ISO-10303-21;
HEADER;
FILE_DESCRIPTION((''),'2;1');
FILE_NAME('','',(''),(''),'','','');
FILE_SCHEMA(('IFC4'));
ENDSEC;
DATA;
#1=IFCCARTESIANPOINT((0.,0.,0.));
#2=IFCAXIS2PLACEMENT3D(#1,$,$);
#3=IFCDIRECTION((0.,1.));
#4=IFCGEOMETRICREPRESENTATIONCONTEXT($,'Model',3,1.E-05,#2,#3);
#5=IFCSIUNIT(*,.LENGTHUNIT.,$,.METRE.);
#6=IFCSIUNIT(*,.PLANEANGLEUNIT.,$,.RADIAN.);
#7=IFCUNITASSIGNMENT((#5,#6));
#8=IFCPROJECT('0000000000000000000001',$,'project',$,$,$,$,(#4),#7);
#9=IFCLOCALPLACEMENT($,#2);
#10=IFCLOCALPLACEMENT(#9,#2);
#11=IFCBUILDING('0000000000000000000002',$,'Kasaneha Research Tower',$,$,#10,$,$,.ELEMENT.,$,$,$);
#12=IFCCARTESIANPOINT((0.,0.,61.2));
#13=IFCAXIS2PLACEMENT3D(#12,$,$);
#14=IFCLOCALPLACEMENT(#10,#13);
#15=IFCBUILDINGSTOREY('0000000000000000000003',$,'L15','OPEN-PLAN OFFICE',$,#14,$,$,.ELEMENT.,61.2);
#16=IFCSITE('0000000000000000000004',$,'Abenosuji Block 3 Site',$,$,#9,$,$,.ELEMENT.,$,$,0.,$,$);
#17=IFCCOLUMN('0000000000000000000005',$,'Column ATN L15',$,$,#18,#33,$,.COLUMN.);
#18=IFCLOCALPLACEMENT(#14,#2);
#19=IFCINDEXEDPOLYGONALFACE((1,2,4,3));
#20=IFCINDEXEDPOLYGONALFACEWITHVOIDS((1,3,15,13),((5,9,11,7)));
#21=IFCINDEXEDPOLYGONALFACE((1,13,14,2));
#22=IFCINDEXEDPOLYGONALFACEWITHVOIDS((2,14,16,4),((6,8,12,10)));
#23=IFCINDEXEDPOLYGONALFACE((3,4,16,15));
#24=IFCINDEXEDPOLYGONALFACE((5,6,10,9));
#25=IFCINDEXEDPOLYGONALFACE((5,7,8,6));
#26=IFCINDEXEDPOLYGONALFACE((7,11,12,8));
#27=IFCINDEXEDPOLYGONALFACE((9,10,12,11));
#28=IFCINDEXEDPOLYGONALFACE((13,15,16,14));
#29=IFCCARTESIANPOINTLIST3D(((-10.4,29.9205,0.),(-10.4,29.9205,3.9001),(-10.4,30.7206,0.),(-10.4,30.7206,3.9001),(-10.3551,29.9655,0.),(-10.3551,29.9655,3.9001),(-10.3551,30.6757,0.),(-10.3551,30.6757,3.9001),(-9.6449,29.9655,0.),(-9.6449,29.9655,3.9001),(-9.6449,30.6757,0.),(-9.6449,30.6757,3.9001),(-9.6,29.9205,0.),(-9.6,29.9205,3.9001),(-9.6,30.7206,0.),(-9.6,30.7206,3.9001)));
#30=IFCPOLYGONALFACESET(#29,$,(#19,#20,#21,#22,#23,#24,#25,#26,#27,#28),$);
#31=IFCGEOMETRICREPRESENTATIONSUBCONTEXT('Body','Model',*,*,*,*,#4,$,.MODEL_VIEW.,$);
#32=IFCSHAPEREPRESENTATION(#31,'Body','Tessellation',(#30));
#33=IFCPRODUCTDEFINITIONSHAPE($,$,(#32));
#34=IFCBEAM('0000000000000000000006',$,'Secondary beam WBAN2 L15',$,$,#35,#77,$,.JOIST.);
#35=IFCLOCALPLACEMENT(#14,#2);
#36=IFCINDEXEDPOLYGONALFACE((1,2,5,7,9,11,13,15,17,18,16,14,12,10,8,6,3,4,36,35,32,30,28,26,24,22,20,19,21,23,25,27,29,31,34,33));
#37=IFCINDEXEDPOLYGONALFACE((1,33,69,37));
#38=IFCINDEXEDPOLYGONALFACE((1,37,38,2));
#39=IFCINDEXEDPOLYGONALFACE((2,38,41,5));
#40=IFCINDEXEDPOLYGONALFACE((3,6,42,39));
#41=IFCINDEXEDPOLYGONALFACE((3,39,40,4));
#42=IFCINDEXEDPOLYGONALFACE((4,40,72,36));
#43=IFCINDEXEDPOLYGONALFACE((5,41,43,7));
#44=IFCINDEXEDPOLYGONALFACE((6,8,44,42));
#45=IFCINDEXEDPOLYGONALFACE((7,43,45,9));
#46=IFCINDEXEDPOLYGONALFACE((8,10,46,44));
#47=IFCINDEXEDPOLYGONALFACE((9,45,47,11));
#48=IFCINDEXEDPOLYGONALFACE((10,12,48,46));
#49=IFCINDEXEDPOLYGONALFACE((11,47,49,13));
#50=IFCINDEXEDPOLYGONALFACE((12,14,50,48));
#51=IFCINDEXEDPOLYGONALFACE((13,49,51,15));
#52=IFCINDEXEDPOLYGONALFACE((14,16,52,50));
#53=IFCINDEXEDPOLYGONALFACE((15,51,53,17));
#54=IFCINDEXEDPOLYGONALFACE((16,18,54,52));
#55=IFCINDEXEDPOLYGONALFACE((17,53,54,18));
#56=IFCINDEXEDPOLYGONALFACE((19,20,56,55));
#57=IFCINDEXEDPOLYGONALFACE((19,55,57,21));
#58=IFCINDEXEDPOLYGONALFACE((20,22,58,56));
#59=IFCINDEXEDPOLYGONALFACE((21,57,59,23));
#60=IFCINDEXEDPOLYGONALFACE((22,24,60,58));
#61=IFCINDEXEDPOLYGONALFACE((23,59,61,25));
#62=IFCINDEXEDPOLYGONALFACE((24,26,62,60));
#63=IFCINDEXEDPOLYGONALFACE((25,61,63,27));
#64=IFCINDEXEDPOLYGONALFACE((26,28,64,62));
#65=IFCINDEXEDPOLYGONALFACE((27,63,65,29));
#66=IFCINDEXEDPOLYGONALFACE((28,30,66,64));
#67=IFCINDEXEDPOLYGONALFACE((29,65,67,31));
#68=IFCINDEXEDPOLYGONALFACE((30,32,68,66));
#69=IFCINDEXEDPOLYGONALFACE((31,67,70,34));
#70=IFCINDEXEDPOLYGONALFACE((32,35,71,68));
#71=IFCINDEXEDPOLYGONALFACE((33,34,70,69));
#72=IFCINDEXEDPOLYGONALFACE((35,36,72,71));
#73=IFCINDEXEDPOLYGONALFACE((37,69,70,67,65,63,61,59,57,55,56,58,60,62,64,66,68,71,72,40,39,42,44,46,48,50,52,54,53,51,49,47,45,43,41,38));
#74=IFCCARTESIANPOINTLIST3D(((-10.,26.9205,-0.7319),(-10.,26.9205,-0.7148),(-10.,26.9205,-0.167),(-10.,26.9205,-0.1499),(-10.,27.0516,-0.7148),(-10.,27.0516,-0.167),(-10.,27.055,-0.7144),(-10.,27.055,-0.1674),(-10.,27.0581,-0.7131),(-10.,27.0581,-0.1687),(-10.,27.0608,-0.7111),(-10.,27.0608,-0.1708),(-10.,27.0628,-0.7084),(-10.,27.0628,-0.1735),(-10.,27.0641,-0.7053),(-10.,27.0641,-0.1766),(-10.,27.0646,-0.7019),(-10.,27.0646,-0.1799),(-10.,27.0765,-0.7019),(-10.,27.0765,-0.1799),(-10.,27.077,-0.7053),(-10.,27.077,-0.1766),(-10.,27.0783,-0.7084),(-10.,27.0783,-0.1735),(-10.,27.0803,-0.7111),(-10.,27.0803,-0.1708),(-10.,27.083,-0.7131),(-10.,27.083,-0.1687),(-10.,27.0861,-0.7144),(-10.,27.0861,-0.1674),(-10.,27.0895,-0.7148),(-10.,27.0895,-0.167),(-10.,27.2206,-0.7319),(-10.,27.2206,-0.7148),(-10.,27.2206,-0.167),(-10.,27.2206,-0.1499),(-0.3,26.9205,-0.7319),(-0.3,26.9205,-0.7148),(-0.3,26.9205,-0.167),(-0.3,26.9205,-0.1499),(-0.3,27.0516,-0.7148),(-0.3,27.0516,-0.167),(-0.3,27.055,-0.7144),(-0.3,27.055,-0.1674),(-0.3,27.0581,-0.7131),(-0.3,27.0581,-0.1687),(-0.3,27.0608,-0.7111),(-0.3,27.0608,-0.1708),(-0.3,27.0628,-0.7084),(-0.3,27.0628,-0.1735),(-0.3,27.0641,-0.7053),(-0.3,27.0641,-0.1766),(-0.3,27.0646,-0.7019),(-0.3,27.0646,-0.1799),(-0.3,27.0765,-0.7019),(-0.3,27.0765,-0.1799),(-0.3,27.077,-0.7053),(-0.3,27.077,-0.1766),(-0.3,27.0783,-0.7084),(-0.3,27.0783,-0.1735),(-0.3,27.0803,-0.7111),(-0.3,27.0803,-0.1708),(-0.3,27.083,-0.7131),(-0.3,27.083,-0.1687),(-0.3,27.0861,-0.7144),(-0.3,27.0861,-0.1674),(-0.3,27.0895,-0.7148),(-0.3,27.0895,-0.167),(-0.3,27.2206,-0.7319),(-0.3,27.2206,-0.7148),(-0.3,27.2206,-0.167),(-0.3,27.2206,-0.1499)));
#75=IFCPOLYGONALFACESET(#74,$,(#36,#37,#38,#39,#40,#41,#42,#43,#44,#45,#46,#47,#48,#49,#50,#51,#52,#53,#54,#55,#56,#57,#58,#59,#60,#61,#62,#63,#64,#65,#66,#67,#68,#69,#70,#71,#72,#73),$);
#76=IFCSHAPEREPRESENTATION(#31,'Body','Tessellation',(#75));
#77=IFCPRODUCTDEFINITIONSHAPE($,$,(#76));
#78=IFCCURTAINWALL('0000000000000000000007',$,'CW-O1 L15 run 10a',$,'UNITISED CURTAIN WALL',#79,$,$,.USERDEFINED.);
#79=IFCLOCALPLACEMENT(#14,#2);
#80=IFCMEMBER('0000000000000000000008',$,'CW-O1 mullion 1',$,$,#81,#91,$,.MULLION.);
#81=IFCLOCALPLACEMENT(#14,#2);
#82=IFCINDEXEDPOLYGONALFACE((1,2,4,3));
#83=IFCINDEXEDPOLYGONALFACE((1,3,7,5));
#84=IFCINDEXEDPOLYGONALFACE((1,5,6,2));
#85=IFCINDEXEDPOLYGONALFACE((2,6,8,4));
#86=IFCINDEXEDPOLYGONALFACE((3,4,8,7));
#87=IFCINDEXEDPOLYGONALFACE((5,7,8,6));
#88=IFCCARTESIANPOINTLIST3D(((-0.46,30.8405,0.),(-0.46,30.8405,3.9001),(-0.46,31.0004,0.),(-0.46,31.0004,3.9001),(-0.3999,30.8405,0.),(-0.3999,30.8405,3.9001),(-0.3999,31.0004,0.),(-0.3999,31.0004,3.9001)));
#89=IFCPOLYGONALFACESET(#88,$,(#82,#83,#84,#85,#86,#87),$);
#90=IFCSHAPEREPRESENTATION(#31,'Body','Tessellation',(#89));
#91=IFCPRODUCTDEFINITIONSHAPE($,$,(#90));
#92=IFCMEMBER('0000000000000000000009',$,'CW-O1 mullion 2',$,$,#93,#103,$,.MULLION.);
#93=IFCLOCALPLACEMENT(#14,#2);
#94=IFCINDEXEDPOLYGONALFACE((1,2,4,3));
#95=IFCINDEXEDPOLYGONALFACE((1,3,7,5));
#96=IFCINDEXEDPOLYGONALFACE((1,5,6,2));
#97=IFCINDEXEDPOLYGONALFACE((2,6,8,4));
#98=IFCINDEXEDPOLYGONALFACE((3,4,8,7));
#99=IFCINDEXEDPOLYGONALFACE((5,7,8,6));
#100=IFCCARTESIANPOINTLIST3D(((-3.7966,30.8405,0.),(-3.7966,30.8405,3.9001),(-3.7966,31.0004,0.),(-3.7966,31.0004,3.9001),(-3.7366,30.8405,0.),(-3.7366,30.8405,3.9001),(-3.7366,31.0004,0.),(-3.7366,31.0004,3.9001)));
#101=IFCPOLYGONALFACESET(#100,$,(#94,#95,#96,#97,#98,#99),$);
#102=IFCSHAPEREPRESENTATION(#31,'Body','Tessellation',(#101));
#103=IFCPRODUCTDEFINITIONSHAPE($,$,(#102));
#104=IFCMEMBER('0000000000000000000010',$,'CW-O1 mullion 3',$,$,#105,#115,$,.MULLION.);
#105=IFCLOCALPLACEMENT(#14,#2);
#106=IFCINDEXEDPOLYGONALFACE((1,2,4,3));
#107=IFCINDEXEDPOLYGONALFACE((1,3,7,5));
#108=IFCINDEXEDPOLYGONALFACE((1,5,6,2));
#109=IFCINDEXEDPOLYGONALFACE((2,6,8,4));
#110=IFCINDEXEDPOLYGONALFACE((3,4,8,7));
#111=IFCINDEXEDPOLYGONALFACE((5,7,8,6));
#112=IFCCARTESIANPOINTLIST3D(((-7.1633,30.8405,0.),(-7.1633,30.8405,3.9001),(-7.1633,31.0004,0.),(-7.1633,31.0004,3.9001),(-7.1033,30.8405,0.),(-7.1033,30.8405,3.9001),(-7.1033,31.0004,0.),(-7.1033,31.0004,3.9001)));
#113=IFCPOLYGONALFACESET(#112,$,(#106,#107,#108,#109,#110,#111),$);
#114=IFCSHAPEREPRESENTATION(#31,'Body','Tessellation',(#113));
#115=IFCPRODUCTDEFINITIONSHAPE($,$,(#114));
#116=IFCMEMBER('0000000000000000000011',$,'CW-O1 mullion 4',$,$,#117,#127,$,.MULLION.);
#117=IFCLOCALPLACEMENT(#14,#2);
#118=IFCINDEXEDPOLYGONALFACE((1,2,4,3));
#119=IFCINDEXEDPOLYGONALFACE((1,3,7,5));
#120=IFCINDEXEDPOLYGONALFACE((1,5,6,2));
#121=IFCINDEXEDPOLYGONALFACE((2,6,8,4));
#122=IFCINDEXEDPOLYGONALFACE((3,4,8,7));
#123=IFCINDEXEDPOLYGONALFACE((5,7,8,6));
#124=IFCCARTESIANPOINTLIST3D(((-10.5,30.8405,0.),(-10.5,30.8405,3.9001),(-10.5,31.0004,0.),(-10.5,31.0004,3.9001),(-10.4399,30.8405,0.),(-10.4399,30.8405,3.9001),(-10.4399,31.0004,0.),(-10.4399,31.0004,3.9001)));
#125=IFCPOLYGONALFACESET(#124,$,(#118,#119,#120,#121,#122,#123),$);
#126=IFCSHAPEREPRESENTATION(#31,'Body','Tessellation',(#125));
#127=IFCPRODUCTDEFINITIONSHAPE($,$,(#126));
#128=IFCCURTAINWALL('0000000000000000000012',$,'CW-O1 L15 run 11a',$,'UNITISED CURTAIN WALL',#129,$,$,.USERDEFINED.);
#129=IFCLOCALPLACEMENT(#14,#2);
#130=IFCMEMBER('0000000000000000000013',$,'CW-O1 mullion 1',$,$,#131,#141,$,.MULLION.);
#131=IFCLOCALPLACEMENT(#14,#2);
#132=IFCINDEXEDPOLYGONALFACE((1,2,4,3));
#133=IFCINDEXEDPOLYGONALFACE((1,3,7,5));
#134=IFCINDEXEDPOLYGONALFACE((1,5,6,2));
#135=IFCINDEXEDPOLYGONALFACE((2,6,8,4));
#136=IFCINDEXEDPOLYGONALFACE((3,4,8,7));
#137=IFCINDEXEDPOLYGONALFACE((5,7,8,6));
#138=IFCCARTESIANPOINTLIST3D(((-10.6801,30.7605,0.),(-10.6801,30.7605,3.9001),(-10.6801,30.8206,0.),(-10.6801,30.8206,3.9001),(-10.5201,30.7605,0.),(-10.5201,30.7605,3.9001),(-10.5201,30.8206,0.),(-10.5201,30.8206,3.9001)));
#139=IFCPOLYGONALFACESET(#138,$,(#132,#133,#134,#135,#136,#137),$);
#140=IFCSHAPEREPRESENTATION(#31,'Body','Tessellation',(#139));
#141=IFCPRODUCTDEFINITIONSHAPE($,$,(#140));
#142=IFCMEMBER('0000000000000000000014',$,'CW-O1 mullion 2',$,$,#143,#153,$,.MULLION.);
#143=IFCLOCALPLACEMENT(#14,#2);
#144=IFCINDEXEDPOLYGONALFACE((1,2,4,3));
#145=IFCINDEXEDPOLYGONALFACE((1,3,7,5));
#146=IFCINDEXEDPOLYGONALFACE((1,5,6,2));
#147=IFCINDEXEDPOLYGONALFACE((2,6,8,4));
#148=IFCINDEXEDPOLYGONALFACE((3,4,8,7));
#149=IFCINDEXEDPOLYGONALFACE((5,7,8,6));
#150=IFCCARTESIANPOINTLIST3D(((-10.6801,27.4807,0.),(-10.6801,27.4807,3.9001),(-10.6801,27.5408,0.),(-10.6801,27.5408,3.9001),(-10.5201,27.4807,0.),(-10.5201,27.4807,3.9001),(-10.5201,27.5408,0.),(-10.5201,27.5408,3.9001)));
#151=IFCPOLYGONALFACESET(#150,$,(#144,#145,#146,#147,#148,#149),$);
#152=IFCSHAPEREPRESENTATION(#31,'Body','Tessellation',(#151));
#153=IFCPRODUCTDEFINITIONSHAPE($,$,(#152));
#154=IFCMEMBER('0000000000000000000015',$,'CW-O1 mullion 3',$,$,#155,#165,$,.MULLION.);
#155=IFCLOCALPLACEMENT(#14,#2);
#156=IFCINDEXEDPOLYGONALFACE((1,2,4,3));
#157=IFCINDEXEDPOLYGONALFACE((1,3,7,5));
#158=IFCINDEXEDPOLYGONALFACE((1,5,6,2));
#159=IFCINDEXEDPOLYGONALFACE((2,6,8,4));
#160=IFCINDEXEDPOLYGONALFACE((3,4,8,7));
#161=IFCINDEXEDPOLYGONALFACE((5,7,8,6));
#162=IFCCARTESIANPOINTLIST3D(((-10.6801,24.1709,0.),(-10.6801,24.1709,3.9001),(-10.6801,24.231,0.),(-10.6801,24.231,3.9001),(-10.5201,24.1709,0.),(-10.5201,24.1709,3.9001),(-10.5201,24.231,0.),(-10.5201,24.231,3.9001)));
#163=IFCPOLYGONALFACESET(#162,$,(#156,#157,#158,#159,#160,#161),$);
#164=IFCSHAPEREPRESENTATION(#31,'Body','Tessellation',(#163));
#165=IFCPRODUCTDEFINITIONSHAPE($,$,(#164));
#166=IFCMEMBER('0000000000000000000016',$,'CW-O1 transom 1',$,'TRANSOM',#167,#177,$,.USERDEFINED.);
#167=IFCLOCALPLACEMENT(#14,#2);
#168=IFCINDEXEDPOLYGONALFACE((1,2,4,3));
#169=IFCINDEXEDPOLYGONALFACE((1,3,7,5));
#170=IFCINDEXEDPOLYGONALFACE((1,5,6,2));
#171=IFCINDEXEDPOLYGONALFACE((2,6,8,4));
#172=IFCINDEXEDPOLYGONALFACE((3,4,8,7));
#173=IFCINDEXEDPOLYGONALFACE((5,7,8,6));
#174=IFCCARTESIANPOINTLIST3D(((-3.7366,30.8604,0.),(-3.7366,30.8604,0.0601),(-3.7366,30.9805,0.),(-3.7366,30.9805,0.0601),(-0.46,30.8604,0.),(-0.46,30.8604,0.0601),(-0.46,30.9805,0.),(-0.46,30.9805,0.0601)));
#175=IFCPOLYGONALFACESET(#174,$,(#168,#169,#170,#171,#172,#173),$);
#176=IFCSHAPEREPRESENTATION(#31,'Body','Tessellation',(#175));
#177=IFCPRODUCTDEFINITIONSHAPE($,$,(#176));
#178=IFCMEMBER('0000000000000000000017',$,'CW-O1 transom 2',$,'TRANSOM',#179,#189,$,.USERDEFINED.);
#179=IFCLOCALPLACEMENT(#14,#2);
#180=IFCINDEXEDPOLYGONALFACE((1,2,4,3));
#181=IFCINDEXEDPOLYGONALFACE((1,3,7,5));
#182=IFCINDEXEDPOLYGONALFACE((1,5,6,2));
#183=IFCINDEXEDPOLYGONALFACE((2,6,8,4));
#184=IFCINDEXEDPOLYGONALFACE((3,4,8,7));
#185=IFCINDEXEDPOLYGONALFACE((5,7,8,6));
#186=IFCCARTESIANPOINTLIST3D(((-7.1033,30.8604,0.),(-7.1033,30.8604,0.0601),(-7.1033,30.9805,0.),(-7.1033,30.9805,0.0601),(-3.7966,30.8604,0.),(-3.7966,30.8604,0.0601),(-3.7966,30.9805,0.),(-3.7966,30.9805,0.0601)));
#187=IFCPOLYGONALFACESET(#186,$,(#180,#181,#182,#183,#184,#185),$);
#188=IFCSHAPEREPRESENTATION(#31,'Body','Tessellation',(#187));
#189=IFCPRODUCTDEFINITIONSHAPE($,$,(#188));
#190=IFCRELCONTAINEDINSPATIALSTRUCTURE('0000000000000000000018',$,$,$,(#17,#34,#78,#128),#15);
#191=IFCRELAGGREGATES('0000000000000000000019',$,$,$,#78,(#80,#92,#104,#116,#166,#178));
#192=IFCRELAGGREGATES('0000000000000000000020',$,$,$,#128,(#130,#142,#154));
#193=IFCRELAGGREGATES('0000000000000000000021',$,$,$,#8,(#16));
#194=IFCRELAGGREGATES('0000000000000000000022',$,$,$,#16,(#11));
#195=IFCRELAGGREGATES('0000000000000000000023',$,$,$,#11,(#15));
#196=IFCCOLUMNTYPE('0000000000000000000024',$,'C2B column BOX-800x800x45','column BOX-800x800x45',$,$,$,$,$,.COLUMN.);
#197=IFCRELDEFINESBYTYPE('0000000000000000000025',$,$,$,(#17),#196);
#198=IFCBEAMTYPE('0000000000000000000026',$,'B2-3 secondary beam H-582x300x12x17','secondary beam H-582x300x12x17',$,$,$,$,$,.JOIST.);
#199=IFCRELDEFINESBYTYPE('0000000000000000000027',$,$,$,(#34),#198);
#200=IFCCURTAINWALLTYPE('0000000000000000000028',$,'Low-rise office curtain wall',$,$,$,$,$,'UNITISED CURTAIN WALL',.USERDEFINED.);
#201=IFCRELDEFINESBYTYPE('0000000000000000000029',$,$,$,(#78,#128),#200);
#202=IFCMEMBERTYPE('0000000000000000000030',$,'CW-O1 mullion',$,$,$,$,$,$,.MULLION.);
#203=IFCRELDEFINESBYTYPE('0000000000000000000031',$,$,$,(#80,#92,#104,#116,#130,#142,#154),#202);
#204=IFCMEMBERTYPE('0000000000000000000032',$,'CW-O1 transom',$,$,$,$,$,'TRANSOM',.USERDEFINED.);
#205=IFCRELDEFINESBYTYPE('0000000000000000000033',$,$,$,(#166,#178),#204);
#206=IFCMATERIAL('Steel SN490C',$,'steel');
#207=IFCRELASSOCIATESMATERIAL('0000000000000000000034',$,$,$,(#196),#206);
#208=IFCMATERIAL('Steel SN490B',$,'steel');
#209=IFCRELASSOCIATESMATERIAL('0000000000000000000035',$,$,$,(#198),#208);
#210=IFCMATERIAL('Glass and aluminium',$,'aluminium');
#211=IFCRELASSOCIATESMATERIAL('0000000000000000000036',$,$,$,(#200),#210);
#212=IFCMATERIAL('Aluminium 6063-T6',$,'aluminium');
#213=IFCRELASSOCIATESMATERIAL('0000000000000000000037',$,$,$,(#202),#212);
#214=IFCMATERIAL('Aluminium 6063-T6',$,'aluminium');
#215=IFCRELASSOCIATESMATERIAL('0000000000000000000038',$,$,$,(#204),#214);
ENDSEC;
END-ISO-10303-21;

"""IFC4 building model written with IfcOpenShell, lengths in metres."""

from ifc_helpers import new_model, si_unit, direction, frame, origin, origin_2d, place, context, subcontext, project, spatial, rectangle, hollow_rectangle, i_section, extrude, material, material_profile, profile_set, type_object, element, aggregate, save


model = new_model("IFC4")

# Units and contexts
model_context = context("Model", 3, precision=1e-05, world=origin(), true_north=direction((0.0, 1.0)))
body_context = subcontext(model_context, "Body", "Model", "MODEL_VIEW")
ifc_project = project(units=[si_unit("LENGTHUNIT", "METRE"), si_unit("PLANEANGLEUNIT", "RADIAN")], contexts=[model_context])

# Site, building, storey
site_placement = place(None, origin())
site = spatial("IfcSite", under=ifc_project, at=site_placement, Name="Abenosuji Block 3 Site", CompositionType="ELEMENT", RefElevation=0.0)
building_placement = place(site_placement, origin())
building = spatial("IfcBuilding", under=site, at=building_placement, Name="Kasaneha Research Tower", CompositionType="ELEMENT")
storey_placement = place(building_placement, frame((0.0, 0.0, 61.2)))
storey = spatial("IfcBuildingStorey", under=building, at=storey_placement, Name="L15", Description="OPEN-PLAN OFFICE", CompositionType="ELEMENT", Elevation=61.2)

# Column
ifc_material_1 = material(Name="Steel SN490C", Category="steel")
ifc_material_profile_1 = material_profile(ifc_material_1, hollow_rectangle(XDim=0.8, YDim=0.8, WallThickness=0.0449, at=origin_2d()), Name="BOX-800x800x45")
ifc_profile_set_1 = profile_set([ifc_material_profile_1], Name="Steel SN490C")
column_type = type_object("IfcColumnType", Name="C2B column BOX-800x800x45", Description="column BOX-800x800x45", PredefinedType="COLUMN", material=ifc_profile_set_1)
column_placement = place(storey_placement, frame((-10.0, 30.3206, 0.0), z_axis=(0.0, 0.0, 1.0), x_axis=(1.0, 0.0, 0.0)))
element("IfcColumn", 1, at=column_placement, inside=storey, type_object=column_type, Name="Column ATN L15", PredefinedType="COLUMN", context=body_context, shape_type="SweptSolid", body=[
    extrude(hollow_rectangle(XDim=0.8, YDim=0.8, WallThickness=0.0449, at=origin_2d()), origin(), (0.0, 0.0, 1.0), 3.9001),
])

# Beam
ifc_material_2 = material(Name="Steel SN490B", Category="steel")
ifc_material_profile_2 = material_profile(ifc_material_2, i_section(OverallWidth=0.3, OverallDepth=0.582, WebThickness=0.012, FlangeThickness=0.0171, FilletRadius=0.0129, at=origin_2d()), Name="H-582x300x12x17")
ifc_profile_set_2 = profile_set([ifc_material_profile_2], Name="Steel SN490B")
beam_type_1 = type_object("IfcBeamType", Name="B2-3 secondary beam H-582x300x12x17", Description="secondary beam H-582x300x12x17", PredefinedType="JOIST", material=ifc_profile_set_2)
beam_1_placement = place(storey_placement, frame((-10.0, 27.0706, -0.4409), z_axis=(1.0, 0.0, 0.0), x_axis=(0.0, 1.0, 0.0)))
element("IfcBeam", 2, at=beam_1_placement, inside=storey, type_object=beam_type_1, Name="Secondary beam WBAN2 L15", PredefinedType="JOIST", context=body_context, shape_type="SweptSolid", body=[
    extrude(i_section(OverallWidth=0.3, OverallDepth=0.582, WebThickness=0.012, FlangeThickness=0.0171, FilletRadius=0.0129, at=origin_2d()), origin(), (0.0, 0.0, 1.0), 9.7),
])

# Curtain walls, members
ifc_material_3 = material(Name="Glass and aluminium", Category="aluminium")
curtain_wall_type = type_object("IfcCurtainWallType", Name="Low-rise office curtain wall", ElementType="UNITISED CURTAIN WALL", PredefinedType="USERDEFINED", material=ifc_material_3)
curtain_wall_1_placement = place(storey_placement, origin())
curtain_wall_1 = element("IfcCurtainWall", 3, at=curtain_wall_1_placement, inside=storey, type_object=curtain_wall_type, Name="CW-O1 L15 run 10a", ObjectType="UNITISED CURTAIN WALL", PredefinedType="USERDEFINED")
ifc_material_4 = material(Name="Aluminium 6063-T6", Category="aluminium")
ifc_material_profile_3 = material_profile(ifc_material_4, rectangle(XDim=0.0601, YDim=0.1599, at=origin_2d()), Name="CW-O1 mullion 60x160")
ifc_profile_set_3 = profile_set([ifc_material_profile_3], Name="Aluminium 6063-T6")
member_type_1 = type_object("IfcMemberType", Name="CW-O1 mullion", PredefinedType="MULLION", material=ifc_profile_set_3)
member_1_placement = place(storey_placement, frame((-0.4299, 30.9204, 0.0), z_axis=(0.0, 0.0, 1.0), x_axis=(-1.0, 0.0, 0.0)))
member_1 = element("IfcMember", 4, at=member_1_placement, type_object=member_type_1, Name="CW-O1 mullion 1", PredefinedType="MULLION", context=body_context, shape_type="SweptSolid", body=[
    extrude(rectangle(XDim=0.0601, YDim=0.1599, at=origin_2d()), origin(), (0.0, 0.0, 1.0), 3.9001),
])
member_2_placement = place(storey_placement, frame((-3.7666, 30.9204, 0.0), z_axis=(0.0, 0.0, 1.0), x_axis=(-1.0, 0.0, 0.0)))
member_2 = element("IfcMember", 5, at=member_2_placement, type_object=member_type_1, Name="CW-O1 mullion 2", PredefinedType="MULLION", context=body_context, shape_type="SweptSolid", body=[
    extrude(rectangle(XDim=0.0601, YDim=0.1599, at=origin_2d()), origin(), (0.0, 0.0, 1.0), 3.9001),
])
member_3_placement = place(storey_placement, frame((-7.1333, 30.9204, 0.0), z_axis=(0.0, 0.0, 1.0), x_axis=(-1.0, 0.0, 0.0)))
member_3 = element("IfcMember", 6, at=member_3_placement, type_object=member_type_1, Name="CW-O1 mullion 3", PredefinedType="MULLION", context=body_context, shape_type="SweptSolid", body=[
    extrude(rectangle(XDim=0.0601, YDim=0.1599, at=origin_2d()), origin(), (0.0, 0.0, 1.0), 3.9001),
])
member_4_placement = place(storey_placement, frame((-10.47, 30.9204, 0.0), z_axis=(0.0, 0.0, 1.0), x_axis=(-1.0, 0.0, 0.0)))
member_4 = element("IfcMember", 7, at=member_4_placement, type_object=member_type_1, Name="CW-O1 mullion 4", PredefinedType="MULLION", context=body_context, shape_type="SweptSolid", body=[
    extrude(rectangle(XDim=0.0601, YDim=0.1599, at=origin_2d()), origin(), (0.0, 0.0, 1.0), 3.9001),
])
curtain_wall_2_placement = place(storey_placement, origin())
curtain_wall_2 = element("IfcCurtainWall", 8, at=curtain_wall_2_placement, inside=storey, type_object=curtain_wall_type, Name="CW-O1 L15 run 11a", ObjectType="UNITISED CURTAIN WALL", PredefinedType="USERDEFINED")
member_5_placement = place(storey_placement, frame((-10.6001, 30.7905, 0.0), z_axis=(0.0, 0.0, 1.0), x_axis=(0.0, -1.0, 0.0)))
member_5 = element("IfcMember", 9, at=member_5_placement, type_object=member_type_1, Name="CW-O1 mullion 1", PredefinedType="MULLION", context=body_context, shape_type="SweptSolid", body=[
    extrude(rectangle(XDim=0.0601, YDim=0.1599, at=origin_2d()), origin(), (0.0, 0.0, 1.0), 3.9001),
])
member_6_placement = place(storey_placement, frame((-10.6001, 27.5107, 0.0), z_axis=(0.0, 0.0, 1.0), x_axis=(0.0, -1.0, 0.0)))
member_6 = element("IfcMember", 10, at=member_6_placement, type_object=member_type_1, Name="CW-O1 mullion 2", PredefinedType="MULLION", context=body_context, shape_type="SweptSolid", body=[
    extrude(rectangle(XDim=0.0601, YDim=0.1599, at=origin_2d()), origin(), (0.0, 0.0, 1.0), 3.9001),
])
member_7_placement = place(storey_placement, frame((-10.6001, 24.2009, 0.0), z_axis=(0.0, 0.0, 1.0), x_axis=(0.0, -1.0, 0.0)))
member_7 = element("IfcMember", 11, at=member_7_placement, type_object=member_type_1, Name="CW-O1 mullion 3", PredefinedType="MULLION", context=body_context, shape_type="SweptSolid", body=[
    extrude(rectangle(XDim=0.0601, YDim=0.1599, at=origin_2d()), origin(), (0.0, 0.0, 1.0), 3.9001),
])

# Members
ifc_material_5 = material(Name="Aluminium 6063-T6", Category="aluminium")
ifc_material_profile_4 = material_profile(ifc_material_5, rectangle(XDim=0.1201, YDim=0.0601, at=origin_2d()), Name="CW-O1 transom 120x60")
ifc_profile_set_4 = profile_set([ifc_material_profile_4], Name="Aluminium 6063-T6")
member_type_2 = type_object("IfcMemberType", Name="CW-O1 transom", ElementType="TRANSOM", PredefinedType="USERDEFINED", material=ifc_profile_set_4)
member_8_placement = place(storey_placement, frame((-0.46, 30.9204, 0.03), z_axis=(-1.0, 0.0, 0.0), x_axis=(0.0, -1.0, 0.0)))
member_8 = element("IfcMember", 12, at=member_8_placement, type_object=member_type_2, Name="CW-O1 transom 1", ObjectType="TRANSOM", PredefinedType="USERDEFINED", context=body_context, shape_type="SweptSolid", body=[
    extrude(rectangle(XDim=0.1201, YDim=0.0601, at=origin_2d()), origin(), (0.0, 0.0, 1.0), 3.2766),
])
member_9_placement = place(storey_placement, frame((-3.7966, 30.9204, 0.03), z_axis=(-1.0, 0.0, 0.0), x_axis=(0.0, -1.0, 0.0)))
member_9 = element("IfcMember", 13, at=member_9_placement, type_object=member_type_2, Name="CW-O1 transom 2", ObjectType="TRANSOM", PredefinedType="USERDEFINED", context=body_context, shape_type="SweptSolid", body=[
    extrude(rectangle(XDim=0.1201, YDim=0.0601, at=origin_2d()), origin(), (0.0, 0.0, 1.0), 3.3066),
])

aggregate(curtain_wall_1, [member_1, member_2, member_3, member_4, member_8, member_9])
aggregate(curtain_wall_2, [member_5, member_6, member_7])

save(model, "model.ifc")
